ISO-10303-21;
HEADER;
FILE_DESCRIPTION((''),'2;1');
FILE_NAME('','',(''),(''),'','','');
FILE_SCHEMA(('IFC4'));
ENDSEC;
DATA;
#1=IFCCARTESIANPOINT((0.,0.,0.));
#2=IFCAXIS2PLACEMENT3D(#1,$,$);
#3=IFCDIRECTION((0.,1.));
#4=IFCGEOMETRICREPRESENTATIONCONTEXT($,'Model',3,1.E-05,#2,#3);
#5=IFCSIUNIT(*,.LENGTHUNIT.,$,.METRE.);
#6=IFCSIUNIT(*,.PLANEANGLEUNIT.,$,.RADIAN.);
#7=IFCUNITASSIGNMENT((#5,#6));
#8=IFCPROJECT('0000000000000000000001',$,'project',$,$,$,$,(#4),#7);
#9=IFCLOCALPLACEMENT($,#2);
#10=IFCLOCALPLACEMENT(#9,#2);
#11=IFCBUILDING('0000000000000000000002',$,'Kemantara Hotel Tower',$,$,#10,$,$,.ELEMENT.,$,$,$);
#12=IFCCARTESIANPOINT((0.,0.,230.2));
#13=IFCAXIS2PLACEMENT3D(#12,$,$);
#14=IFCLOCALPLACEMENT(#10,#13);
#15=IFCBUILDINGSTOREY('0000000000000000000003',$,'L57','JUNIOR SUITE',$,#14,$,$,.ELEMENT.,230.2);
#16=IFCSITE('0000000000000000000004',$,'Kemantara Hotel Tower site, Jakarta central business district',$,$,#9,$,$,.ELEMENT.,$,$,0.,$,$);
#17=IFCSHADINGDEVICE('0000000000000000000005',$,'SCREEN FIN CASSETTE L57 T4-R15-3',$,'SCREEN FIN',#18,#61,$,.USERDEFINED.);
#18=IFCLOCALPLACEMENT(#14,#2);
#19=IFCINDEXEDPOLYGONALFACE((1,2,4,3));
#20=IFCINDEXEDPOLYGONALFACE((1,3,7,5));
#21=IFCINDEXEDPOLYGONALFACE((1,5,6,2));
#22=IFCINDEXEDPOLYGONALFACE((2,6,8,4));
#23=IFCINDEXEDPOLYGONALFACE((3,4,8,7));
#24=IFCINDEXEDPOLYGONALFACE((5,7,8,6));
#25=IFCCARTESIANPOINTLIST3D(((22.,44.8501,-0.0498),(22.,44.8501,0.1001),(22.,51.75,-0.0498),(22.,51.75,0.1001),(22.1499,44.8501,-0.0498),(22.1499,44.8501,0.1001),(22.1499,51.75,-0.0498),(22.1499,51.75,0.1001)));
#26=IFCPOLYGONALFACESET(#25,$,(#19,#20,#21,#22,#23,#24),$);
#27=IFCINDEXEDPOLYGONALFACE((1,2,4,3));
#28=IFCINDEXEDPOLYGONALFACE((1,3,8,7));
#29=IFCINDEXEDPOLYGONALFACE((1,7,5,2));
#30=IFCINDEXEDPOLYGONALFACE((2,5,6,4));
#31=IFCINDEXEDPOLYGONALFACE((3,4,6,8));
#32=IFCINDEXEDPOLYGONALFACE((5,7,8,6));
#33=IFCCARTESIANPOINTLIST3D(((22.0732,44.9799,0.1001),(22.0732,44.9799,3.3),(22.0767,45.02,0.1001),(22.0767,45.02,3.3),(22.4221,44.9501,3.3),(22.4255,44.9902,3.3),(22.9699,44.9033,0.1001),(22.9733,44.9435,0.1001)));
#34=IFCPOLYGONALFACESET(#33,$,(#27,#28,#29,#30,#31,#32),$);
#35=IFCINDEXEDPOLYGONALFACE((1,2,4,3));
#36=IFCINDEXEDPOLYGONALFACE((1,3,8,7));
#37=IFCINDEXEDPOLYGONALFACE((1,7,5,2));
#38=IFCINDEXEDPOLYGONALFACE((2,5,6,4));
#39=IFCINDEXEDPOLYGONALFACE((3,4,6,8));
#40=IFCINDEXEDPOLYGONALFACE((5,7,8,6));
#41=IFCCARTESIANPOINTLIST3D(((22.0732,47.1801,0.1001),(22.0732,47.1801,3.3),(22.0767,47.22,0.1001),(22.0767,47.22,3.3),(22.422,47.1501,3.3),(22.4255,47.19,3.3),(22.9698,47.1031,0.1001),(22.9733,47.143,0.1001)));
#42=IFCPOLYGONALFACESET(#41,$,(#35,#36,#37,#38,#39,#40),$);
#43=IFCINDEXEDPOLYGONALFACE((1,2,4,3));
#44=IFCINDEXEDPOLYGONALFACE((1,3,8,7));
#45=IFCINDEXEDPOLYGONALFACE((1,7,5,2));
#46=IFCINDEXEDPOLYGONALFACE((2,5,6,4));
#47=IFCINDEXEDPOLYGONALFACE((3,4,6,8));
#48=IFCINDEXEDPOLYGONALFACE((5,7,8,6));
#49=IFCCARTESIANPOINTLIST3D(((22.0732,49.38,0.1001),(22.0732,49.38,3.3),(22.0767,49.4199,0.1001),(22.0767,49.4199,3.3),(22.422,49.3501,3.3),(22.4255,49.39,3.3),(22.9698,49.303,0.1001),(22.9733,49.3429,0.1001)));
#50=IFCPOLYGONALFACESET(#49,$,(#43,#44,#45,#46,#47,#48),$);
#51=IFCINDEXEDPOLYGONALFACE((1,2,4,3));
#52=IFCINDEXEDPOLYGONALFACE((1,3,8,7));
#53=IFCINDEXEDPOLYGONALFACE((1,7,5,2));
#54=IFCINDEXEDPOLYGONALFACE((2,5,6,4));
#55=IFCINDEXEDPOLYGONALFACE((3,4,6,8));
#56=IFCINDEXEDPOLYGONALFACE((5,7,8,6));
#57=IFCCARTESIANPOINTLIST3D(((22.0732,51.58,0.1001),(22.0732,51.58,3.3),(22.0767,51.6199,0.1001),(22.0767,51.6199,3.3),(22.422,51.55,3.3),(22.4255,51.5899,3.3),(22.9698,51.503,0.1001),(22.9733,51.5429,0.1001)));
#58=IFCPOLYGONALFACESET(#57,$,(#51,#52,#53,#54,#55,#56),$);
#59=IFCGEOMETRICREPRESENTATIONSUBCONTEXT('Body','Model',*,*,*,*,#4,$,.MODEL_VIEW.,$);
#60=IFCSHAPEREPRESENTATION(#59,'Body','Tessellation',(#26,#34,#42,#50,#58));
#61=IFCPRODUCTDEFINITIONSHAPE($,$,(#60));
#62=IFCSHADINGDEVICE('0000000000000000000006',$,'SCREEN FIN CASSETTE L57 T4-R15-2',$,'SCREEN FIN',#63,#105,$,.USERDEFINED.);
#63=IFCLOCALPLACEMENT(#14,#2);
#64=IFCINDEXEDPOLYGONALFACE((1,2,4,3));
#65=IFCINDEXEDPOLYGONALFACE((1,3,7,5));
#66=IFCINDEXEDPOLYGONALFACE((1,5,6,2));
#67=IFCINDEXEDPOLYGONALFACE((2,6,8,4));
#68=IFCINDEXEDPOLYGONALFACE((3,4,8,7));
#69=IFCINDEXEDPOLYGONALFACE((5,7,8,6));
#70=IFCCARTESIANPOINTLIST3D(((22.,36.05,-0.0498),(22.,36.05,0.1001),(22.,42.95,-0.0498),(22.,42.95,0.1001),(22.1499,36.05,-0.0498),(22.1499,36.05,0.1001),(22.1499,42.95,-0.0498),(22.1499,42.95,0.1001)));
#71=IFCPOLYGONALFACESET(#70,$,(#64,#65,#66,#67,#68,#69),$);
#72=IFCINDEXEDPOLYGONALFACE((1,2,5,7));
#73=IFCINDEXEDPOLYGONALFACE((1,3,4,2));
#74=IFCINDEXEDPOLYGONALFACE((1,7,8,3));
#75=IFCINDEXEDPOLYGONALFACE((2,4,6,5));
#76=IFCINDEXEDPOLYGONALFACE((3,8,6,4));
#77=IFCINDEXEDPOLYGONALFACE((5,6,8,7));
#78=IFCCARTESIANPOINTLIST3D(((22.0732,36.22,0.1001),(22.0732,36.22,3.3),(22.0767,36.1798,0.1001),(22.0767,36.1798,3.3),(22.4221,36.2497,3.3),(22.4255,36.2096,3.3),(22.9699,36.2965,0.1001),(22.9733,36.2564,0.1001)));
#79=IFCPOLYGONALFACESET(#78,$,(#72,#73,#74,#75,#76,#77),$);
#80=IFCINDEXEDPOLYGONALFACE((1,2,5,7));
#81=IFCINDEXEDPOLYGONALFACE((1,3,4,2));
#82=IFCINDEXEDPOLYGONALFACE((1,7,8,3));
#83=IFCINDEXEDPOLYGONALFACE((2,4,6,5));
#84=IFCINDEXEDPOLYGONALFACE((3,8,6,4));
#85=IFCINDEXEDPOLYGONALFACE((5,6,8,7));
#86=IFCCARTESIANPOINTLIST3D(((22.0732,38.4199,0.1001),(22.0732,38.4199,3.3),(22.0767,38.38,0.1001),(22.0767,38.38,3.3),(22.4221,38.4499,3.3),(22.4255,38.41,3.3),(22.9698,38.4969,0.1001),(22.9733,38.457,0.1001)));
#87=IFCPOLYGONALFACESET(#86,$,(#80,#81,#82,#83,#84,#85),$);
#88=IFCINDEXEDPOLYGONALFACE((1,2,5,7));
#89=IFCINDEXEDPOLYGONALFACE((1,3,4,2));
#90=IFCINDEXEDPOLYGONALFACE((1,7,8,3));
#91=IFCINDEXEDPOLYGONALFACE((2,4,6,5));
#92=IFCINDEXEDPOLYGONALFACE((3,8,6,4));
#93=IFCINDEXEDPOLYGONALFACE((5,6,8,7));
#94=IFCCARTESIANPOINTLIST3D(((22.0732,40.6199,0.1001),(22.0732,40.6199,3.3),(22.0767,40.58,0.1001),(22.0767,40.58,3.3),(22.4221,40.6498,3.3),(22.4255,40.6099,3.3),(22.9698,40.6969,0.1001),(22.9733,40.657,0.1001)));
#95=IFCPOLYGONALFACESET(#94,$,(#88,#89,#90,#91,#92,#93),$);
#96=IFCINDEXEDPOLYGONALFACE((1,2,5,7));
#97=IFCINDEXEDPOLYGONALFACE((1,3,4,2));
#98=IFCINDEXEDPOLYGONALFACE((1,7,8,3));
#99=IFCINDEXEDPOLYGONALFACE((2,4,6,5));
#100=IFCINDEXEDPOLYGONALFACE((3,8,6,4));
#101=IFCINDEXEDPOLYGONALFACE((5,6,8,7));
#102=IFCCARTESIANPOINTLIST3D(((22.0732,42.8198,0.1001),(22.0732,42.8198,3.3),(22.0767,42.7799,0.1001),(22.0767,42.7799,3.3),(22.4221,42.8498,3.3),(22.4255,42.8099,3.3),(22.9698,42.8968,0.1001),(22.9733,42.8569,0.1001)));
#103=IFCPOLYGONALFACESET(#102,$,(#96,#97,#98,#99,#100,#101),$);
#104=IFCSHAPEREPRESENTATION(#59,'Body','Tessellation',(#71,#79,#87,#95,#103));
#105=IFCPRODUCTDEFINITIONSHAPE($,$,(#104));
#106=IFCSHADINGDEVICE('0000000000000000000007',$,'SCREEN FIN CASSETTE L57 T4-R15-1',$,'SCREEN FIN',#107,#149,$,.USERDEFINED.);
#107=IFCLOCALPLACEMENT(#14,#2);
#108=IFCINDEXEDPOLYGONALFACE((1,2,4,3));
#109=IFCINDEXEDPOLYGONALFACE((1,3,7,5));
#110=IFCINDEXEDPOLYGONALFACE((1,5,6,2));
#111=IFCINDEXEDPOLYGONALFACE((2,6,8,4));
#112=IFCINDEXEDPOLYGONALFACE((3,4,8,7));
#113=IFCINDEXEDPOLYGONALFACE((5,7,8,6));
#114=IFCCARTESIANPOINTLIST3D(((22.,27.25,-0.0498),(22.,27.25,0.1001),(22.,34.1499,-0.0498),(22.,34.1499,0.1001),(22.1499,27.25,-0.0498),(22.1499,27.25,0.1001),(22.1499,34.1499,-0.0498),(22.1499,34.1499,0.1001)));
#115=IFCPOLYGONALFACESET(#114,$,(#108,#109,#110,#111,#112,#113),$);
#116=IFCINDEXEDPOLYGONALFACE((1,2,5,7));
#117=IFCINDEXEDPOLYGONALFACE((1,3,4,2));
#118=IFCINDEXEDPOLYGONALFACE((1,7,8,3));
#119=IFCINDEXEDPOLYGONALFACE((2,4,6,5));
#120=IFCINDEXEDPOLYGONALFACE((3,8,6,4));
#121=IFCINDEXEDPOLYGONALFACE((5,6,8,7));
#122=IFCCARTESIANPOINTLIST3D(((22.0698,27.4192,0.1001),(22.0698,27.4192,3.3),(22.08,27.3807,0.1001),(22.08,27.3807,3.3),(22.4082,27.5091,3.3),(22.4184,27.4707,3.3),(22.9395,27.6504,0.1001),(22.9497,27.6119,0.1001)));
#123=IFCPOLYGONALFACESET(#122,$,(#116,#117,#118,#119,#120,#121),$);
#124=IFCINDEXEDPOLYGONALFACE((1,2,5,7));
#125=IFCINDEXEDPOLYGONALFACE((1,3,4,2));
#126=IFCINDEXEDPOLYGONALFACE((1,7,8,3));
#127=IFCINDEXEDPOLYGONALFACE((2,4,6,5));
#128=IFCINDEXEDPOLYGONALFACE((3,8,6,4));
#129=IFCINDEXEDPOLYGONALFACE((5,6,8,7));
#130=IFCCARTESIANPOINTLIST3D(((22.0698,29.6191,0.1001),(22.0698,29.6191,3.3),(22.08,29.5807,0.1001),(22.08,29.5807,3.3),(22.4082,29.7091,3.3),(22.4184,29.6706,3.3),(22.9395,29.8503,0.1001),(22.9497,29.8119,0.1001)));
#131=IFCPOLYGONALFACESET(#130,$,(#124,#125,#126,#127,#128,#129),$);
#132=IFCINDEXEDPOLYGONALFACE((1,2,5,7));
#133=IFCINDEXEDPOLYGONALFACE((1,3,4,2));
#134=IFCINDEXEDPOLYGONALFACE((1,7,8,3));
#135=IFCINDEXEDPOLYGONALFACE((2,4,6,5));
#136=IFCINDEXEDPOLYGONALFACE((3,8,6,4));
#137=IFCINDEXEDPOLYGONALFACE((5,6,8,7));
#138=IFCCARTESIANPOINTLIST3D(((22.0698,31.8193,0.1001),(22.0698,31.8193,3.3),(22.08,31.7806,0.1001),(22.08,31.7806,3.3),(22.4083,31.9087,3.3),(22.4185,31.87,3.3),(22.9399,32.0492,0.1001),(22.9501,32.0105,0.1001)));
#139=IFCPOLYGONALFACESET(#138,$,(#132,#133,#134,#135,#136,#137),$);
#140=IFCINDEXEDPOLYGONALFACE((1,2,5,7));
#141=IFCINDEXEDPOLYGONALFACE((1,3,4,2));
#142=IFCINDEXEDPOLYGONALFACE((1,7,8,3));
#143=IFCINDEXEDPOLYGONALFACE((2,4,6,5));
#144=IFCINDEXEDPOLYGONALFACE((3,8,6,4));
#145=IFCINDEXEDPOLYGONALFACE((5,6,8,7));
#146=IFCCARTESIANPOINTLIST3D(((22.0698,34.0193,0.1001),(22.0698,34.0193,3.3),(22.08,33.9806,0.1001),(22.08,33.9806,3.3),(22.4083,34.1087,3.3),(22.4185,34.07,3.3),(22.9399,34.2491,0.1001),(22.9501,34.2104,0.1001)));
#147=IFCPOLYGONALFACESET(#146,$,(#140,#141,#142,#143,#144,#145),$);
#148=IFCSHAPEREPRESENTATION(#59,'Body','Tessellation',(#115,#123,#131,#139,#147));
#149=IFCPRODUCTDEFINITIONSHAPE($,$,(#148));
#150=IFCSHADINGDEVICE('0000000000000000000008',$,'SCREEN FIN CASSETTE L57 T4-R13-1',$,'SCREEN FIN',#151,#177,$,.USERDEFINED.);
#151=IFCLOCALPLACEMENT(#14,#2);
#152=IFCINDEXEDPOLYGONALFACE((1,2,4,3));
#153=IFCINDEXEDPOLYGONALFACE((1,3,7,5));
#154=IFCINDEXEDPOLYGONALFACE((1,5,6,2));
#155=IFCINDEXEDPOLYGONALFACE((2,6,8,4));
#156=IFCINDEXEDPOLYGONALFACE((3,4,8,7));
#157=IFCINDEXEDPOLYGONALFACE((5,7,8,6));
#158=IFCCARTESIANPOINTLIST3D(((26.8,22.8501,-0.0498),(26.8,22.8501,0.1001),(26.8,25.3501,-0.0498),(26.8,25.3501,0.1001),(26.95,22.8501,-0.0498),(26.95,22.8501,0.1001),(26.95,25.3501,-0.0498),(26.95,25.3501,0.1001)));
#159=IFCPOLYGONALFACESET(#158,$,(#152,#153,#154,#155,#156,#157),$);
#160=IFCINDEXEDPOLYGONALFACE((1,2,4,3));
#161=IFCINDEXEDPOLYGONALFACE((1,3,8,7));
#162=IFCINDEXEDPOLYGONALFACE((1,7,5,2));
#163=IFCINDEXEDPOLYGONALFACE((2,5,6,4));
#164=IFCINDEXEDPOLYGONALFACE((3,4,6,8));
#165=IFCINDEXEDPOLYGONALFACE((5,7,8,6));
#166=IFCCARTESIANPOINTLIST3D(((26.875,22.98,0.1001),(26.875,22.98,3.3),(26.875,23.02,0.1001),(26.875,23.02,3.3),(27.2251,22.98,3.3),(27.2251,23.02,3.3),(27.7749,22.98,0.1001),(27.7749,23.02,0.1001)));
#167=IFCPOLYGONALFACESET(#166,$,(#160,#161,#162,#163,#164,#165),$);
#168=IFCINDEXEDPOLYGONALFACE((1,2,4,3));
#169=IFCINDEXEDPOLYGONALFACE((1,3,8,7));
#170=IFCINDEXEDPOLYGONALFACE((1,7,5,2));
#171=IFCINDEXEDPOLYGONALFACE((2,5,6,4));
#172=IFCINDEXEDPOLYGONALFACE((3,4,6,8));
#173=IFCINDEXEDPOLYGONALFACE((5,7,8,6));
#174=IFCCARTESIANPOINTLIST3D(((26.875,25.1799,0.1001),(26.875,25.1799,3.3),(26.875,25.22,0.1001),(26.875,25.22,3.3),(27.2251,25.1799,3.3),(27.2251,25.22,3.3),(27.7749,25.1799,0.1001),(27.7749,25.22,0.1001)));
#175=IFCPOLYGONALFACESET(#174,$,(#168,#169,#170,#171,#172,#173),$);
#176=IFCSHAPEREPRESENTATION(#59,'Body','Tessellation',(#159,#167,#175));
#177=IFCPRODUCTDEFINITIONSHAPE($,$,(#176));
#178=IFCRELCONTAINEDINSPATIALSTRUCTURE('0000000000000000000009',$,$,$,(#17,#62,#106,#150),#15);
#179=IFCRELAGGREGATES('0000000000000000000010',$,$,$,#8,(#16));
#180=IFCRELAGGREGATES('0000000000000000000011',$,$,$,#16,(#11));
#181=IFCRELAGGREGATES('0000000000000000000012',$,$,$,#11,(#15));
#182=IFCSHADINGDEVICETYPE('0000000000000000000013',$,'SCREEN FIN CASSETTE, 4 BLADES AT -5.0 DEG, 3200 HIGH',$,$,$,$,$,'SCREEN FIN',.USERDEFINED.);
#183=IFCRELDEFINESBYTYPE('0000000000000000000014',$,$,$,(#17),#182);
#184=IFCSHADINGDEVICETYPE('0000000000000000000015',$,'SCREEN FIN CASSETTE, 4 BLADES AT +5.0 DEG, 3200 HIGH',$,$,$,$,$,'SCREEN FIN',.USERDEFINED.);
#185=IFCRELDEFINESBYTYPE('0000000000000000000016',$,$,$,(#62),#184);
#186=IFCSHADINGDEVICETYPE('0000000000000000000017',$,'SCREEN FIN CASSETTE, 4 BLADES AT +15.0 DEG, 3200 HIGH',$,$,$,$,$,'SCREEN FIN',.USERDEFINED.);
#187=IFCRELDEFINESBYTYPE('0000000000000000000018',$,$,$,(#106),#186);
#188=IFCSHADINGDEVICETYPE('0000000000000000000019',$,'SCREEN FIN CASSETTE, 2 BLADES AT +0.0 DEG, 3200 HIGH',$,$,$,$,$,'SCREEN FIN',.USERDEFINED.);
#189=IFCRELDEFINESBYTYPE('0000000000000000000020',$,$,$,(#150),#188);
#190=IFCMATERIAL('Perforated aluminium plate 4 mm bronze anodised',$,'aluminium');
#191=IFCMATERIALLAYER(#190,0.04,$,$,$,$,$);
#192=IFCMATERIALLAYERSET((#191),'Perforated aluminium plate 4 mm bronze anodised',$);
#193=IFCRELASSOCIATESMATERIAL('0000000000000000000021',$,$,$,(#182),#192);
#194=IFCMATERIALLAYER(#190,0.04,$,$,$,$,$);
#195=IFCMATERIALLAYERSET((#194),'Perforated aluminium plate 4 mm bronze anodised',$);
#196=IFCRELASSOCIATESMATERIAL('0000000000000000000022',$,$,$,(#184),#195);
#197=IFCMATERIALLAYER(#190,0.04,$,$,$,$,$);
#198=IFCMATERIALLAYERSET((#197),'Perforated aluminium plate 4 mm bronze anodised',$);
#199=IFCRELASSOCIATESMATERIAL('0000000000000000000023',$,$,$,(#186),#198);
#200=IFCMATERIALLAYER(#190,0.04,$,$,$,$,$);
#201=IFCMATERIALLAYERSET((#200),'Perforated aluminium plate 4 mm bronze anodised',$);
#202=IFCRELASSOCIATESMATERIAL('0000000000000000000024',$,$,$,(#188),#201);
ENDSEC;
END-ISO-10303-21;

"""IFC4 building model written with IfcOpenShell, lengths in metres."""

from ifc_helpers import new_model, si_unit, direction, frame, origin, origin_2d, place, context, subcontext, project, spatial, polyline, rectangle, outline, extrude, source, transform, mapped, material, layer, layer_set, type_object, element, save


model = new_model("IFC4")

# Units and contexts
model_context = context("Model", 3, precision=1e-05, world=origin(), true_north=direction((0.0, 1.0)))
body_context = subcontext(model_context, "Body", "Model", "MODEL_VIEW")
ifc_project = project(units=[si_unit("LENGTHUNIT", "METRE"), si_unit("PLANEANGLEUNIT", "RADIAN")], contexts=[model_context])

# Site, building, storey
site_placement = place(None, origin())
site = spatial("IfcSite", under=ifc_project, at=site_placement, Name="Kemantara Hotel Tower site, Jakarta central business district", CompositionType="ELEMENT", RefElevation=0.0)
building_placement = place(site_placement, origin())
building = spatial("IfcBuilding", under=site, at=building_placement, Name="Kemantara Hotel Tower", CompositionType="ELEMENT")
storey_placement = place(building_placement, frame((0.0, 0.0, 230.2)))
storey = spatial("IfcBuildingStorey", under=building, at=storey_placement, Name="L57", Description="JUNIOR SUITE", CompositionType="ELEMENT", Elevation=230.2)

# Shading devices
ifc_material_1 = material(Name="Perforated aluminium plate 4 mm bronze anodised", Category="aluminium")
ifc_layer_1 = layer(ifc_material_1, 0.04)
ifc_layer_set_1 = layer_set([ifc_layer_1], Name="Perforated aluminium plate 4 mm bronze anodised")
shading_device_type_1 = type_object("IfcShadingDeviceType", Name="SCREEN FIN CASSETTE, 4 BLADES AT -5.0 DEG, 3200 HIGH", ElementType="SCREEN FIN", PredefinedType="USERDEFINED", material=ifc_layer_set_1)
shared_shape_1 = source(origin(), body_context, "Body", "SweptSolid", [
    extrude(rectangle(XDim=6.8999, YDim=0.1499, at=origin_2d()), frame((3.3, -0.075, -0.1499), z_axis=(0.0, 0.0, 1.0), x_axis=(1.0, 0.0, 0.0)), (0.0, 0.0, 1.0), 0.1499),
    extrude(outline(polyline([(0.0, 0.0), (0.8999, 0.0), (0.3501, 3.2), (0.0, 3.2), (0.0, 0.0)])), frame((0.02, -0.0767, 0.0), z_axis=(-0.996376, 0.085056, 0.0), x_axis=(-0.085056, -0.996376, 0.0)), (0.0, 0.0, 1.0), 0.0403),
    extrude(outline(polyline([(0.0, 0.0), (0.8999, 0.0), (0.3501, 3.2), (0.0, 3.2), (0.0, 0.0)])), frame((2.22, -0.0767, 0.0), z_axis=(-0.996332, 0.085575, 0.0), x_axis=(-0.085575, -0.996332, 0.0)), (0.0, 0.0, 1.0), 0.04),
    extrude(outline(polyline([(0.0, 0.0), (0.8999, 0.0), (0.3501, 3.2), (0.0, 3.2), (0.0, 0.0)])), frame((4.4199, -0.0767, 0.0), z_axis=(-0.996332, 0.085575, 0.0), x_axis=(-0.085575, -0.996332, 0.0)), (0.0, 0.0, 1.0), 0.04),
    extrude(outline(polyline([(0.0, 0.0), (0.8999, 0.0), (0.3501, 3.2), (0.0, 3.2), (0.0, 0.0)])), frame((6.6199, -0.0767, 0.0), z_axis=(-0.996332, 0.085575, 0.0), x_axis=(-0.085575, -0.996332, 0.0)), (0.0, 0.0, 1.0), 0.04),
])
shading_device_1_placement = place(storey_placement, frame((22.0, 45.0, 0.1001), z_axis=(0.0, 0.0, 1.0), x_axis=(0.0, 1.0, 0.0)))
element("IfcShadingDevice", 1, at=shading_device_1_placement, inside=storey, type_object=shading_device_type_1, Name="SCREEN FIN CASSETTE L57 T4-R15-3", ObjectType="SCREEN FIN", PredefinedType="USERDEFINED", context=body_context, shape_type="MappedRepresentation", body=[
    mapped(shared_shape_1, transform((0.0, 0.0, 0.0))),
])
ifc_layer_2 = layer(ifc_material_1, 0.04)
ifc_layer_set_2 = layer_set([ifc_layer_2], Name="Perforated aluminium plate 4 mm bronze anodised")
shading_device_type_2 = type_object("IfcShadingDeviceType", Name="SCREEN FIN CASSETTE, 4 BLADES AT +5.0 DEG, 3200 HIGH", ElementType="SCREEN FIN", PredefinedType="USERDEFINED", material=ifc_layer_set_2)
shared_shape_2 = source(origin(), body_context, "Body", "SweptSolid", [
    extrude(rectangle(XDim=6.8999, YDim=0.1499, at=origin_2d()), frame((3.3, -0.075, -0.1499), z_axis=(0.0, 0.0, 1.0), x_axis=(1.0, 0.0, 0.0)), (0.0, 0.0, 1.0), 0.1499),
    extrude(outline(polyline([(0.0, 0.0), (0.8999, 0.0), (0.3501, 3.2), (0.0, 3.2), (0.0, 0.0)])), frame((0.02, -0.0732, 0.0), z_axis=(-0.996376, -0.085056, 0.0), x_axis=(0.085056, -0.996376, 0.0)), (0.0, 0.0, 1.0), 0.0403),
    extrude(outline(polyline([(0.0, 0.0), (0.8999, 0.0), (0.3501, 3.2), (0.0, 3.2), (0.0, 0.0)])), frame((2.22, -0.0732, 0.0), z_axis=(-0.996332, -0.085575, 0.0), x_axis=(0.085575, -0.996332, 0.0)), (0.0, 0.0, 1.0), 0.04),
    extrude(outline(polyline([(0.0, 0.0), (0.8999, 0.0), (0.3501, 3.2), (0.0, 3.2), (0.0, 0.0)])), frame((4.4199, -0.0732, 0.0), z_axis=(-0.996332, -0.085575, 0.0), x_axis=(0.085575, -0.996332, 0.0)), (0.0, 0.0, 1.0), 0.04),
    extrude(outline(polyline([(0.0, 0.0), (0.8999, 0.0), (0.3501, 3.2), (0.0, 3.2), (0.0, 0.0)])), frame((6.6199, -0.0732, 0.0), z_axis=(-0.996332, -0.085575, 0.0), x_axis=(0.085575, -0.996332, 0.0)), (0.0, 0.0, 1.0), 0.04),
])
shading_device_2_placement = place(storey_placement, frame((22.0, 36.2, 0.1001), z_axis=(0.0, 0.0, 1.0), x_axis=(0.0, 1.0, 0.0)))
element("IfcShadingDevice", 2, at=shading_device_2_placement, inside=storey, type_object=shading_device_type_2, Name="SCREEN FIN CASSETTE L57 T4-R15-2", ObjectType="SCREEN FIN", PredefinedType="USERDEFINED", context=body_context, shape_type="MappedRepresentation", body=[
    mapped(shared_shape_2, transform((0.0, 0.0, 0.0))),
])
ifc_layer_3 = layer(ifc_material_1, 0.04)
ifc_layer_set_3 = layer_set([ifc_layer_3], Name="Perforated aluminium plate 4 mm bronze anodised")
shading_device_type_3 = type_object("IfcShadingDeviceType", Name="SCREEN FIN CASSETTE, 4 BLADES AT +15.0 DEG, 3200 HIGH", ElementType="SCREEN FIN", PredefinedType="USERDEFINED", material=ifc_layer_set_3)
shared_shape_3 = source(origin(), body_context, "Body", "SweptSolid", [
    extrude(rectangle(XDim=6.8999, YDim=0.1499, at=origin_2d()), frame((3.3, -0.075, -0.1499), z_axis=(0.0, 0.0, 1.0), x_axis=(1.0, 0.0, 0.0)), (0.0, 0.0, 1.0), 0.1499),
    extrude(outline(polyline([(0.0, 0.0), (0.8999, 0.0), (0.3501, 3.2), (0.0, 3.2), (0.0, 0.0)])), frame((0.0193, -0.0698, 0.0), z_axis=(-0.966438, -0.256901, 0.0), x_axis=(0.256901, -0.966438, 0.0)), (0.0, 0.0, 1.0), 0.0398),
    extrude(outline(polyline([(0.0, 0.0), (0.8999, 0.0), (0.3501, 3.2), (0.0, 3.2), (0.0, 0.0)])), frame((2.2192, -0.0698, 0.0), z_axis=(-0.966438, -0.256901, 0.0), x_axis=(0.256901, -0.966438, 0.0)), (0.0, 0.0, 1.0), 0.0398),
    extrude(outline(polyline([(0.0, 0.0), (0.8999, 0.0), (0.3501, 3.2), (0.0, 3.2), (0.0, 0.0)])), frame((4.4194, -0.0698, 0.0), z_axis=(-0.966838, -0.255391, 0.0), x_axis=(0.255391, -0.966838, 0.0)), (0.0, 0.0, 1.0), 0.04),
    extrude(outline(polyline([(0.0, 0.0), (0.8999, 0.0), (0.3501, 3.2), (0.0, 3.2), (0.0, 0.0)])), frame((6.6194, -0.0698, 0.0), z_axis=(-0.966838, -0.255391, 0.0), x_axis=(0.255391, -0.966838, 0.0)), (0.0, 0.0, 1.0), 0.04),
])
shading_device_3_placement = place(storey_placement, frame((22.0, 27.3999, 0.1001), z_axis=(0.0, 0.0, 1.0), x_axis=(0.0, 1.0, 0.0)))
element("IfcShadingDevice", 3, at=shading_device_3_placement, inside=storey, type_object=shading_device_type_3, Name="SCREEN FIN CASSETTE L57 T4-R15-1", ObjectType="SCREEN FIN", PredefinedType="USERDEFINED", context=body_context, shape_type="MappedRepresentation", body=[
    mapped(shared_shape_3, transform((0.0, 0.0, 0.0))),
])
ifc_layer_4 = layer(ifc_material_1, 0.04)
ifc_layer_set_4 = layer_set([ifc_layer_4], Name="Perforated aluminium plate 4 mm bronze anodised")
shading_device_type_4 = type_object("IfcShadingDeviceType", Name="SCREEN FIN CASSETTE, 2 BLADES AT +0.0 DEG, 3200 HIGH", ElementType="SCREEN FIN", PredefinedType="USERDEFINED", material=ifc_layer_set_4)
shared_shape_4 = source(origin(), body_context, "Body", "SweptSolid", [
    extrude(rectangle(XDim=2.5, YDim=0.1499, at=origin_2d()), frame((1.1001, -0.075, -0.1499), z_axis=(0.0, 0.0, 1.0), x_axis=(1.0, 0.0, 0.0)), (0.0, 0.0, 1.0), 0.1499),
    extrude(outline(polyline([(0.0, 0.0), (0.8999, 0.0), (0.3501, 3.2), (0.0, 3.2), (0.0, 0.0)])), frame((0.02, -0.075, 0.0), z_axis=(-1.0, 0.0, 0.0), x_axis=(0.0, -1.0, 0.0)), (0.0, 0.0, 1.0), 0.04),
    extrude(outline(polyline([(0.0, 0.0), (0.8999, 0.0), (0.3501, 3.2), (0.0, 3.2), (0.0, 0.0)])), frame((2.22, -0.075, 0.0), z_axis=(-1.0, 0.0, 0.0), x_axis=(0.0, -1.0, 0.0)), (0.0, 0.0, 1.0), 0.04),
])
for number, where, z_axis, x_axis, name in (
    (4, (26.8, 23.0, 0.1001), (0.0, 0.0, 1.0), (0.0, 1.0, 0.0), "SCREEN FIN CASSETTE L57 T4-R13-1"),
):
    element("IfcShadingDevice", number, at=place(storey_placement, frame(where, z_axis=z_axis, x_axis=x_axis)), inside=storey, type_object=shading_device_type_4, Name=name, ObjectType="SCREEN FIN", PredefinedType="USERDEFINED", context=body_context, shape_type="MappedRepresentation", body=[
        mapped(shared_shape_4, transform((0.0, 0.0, 0.0))),
    ])

save(model, "model.ifc")
